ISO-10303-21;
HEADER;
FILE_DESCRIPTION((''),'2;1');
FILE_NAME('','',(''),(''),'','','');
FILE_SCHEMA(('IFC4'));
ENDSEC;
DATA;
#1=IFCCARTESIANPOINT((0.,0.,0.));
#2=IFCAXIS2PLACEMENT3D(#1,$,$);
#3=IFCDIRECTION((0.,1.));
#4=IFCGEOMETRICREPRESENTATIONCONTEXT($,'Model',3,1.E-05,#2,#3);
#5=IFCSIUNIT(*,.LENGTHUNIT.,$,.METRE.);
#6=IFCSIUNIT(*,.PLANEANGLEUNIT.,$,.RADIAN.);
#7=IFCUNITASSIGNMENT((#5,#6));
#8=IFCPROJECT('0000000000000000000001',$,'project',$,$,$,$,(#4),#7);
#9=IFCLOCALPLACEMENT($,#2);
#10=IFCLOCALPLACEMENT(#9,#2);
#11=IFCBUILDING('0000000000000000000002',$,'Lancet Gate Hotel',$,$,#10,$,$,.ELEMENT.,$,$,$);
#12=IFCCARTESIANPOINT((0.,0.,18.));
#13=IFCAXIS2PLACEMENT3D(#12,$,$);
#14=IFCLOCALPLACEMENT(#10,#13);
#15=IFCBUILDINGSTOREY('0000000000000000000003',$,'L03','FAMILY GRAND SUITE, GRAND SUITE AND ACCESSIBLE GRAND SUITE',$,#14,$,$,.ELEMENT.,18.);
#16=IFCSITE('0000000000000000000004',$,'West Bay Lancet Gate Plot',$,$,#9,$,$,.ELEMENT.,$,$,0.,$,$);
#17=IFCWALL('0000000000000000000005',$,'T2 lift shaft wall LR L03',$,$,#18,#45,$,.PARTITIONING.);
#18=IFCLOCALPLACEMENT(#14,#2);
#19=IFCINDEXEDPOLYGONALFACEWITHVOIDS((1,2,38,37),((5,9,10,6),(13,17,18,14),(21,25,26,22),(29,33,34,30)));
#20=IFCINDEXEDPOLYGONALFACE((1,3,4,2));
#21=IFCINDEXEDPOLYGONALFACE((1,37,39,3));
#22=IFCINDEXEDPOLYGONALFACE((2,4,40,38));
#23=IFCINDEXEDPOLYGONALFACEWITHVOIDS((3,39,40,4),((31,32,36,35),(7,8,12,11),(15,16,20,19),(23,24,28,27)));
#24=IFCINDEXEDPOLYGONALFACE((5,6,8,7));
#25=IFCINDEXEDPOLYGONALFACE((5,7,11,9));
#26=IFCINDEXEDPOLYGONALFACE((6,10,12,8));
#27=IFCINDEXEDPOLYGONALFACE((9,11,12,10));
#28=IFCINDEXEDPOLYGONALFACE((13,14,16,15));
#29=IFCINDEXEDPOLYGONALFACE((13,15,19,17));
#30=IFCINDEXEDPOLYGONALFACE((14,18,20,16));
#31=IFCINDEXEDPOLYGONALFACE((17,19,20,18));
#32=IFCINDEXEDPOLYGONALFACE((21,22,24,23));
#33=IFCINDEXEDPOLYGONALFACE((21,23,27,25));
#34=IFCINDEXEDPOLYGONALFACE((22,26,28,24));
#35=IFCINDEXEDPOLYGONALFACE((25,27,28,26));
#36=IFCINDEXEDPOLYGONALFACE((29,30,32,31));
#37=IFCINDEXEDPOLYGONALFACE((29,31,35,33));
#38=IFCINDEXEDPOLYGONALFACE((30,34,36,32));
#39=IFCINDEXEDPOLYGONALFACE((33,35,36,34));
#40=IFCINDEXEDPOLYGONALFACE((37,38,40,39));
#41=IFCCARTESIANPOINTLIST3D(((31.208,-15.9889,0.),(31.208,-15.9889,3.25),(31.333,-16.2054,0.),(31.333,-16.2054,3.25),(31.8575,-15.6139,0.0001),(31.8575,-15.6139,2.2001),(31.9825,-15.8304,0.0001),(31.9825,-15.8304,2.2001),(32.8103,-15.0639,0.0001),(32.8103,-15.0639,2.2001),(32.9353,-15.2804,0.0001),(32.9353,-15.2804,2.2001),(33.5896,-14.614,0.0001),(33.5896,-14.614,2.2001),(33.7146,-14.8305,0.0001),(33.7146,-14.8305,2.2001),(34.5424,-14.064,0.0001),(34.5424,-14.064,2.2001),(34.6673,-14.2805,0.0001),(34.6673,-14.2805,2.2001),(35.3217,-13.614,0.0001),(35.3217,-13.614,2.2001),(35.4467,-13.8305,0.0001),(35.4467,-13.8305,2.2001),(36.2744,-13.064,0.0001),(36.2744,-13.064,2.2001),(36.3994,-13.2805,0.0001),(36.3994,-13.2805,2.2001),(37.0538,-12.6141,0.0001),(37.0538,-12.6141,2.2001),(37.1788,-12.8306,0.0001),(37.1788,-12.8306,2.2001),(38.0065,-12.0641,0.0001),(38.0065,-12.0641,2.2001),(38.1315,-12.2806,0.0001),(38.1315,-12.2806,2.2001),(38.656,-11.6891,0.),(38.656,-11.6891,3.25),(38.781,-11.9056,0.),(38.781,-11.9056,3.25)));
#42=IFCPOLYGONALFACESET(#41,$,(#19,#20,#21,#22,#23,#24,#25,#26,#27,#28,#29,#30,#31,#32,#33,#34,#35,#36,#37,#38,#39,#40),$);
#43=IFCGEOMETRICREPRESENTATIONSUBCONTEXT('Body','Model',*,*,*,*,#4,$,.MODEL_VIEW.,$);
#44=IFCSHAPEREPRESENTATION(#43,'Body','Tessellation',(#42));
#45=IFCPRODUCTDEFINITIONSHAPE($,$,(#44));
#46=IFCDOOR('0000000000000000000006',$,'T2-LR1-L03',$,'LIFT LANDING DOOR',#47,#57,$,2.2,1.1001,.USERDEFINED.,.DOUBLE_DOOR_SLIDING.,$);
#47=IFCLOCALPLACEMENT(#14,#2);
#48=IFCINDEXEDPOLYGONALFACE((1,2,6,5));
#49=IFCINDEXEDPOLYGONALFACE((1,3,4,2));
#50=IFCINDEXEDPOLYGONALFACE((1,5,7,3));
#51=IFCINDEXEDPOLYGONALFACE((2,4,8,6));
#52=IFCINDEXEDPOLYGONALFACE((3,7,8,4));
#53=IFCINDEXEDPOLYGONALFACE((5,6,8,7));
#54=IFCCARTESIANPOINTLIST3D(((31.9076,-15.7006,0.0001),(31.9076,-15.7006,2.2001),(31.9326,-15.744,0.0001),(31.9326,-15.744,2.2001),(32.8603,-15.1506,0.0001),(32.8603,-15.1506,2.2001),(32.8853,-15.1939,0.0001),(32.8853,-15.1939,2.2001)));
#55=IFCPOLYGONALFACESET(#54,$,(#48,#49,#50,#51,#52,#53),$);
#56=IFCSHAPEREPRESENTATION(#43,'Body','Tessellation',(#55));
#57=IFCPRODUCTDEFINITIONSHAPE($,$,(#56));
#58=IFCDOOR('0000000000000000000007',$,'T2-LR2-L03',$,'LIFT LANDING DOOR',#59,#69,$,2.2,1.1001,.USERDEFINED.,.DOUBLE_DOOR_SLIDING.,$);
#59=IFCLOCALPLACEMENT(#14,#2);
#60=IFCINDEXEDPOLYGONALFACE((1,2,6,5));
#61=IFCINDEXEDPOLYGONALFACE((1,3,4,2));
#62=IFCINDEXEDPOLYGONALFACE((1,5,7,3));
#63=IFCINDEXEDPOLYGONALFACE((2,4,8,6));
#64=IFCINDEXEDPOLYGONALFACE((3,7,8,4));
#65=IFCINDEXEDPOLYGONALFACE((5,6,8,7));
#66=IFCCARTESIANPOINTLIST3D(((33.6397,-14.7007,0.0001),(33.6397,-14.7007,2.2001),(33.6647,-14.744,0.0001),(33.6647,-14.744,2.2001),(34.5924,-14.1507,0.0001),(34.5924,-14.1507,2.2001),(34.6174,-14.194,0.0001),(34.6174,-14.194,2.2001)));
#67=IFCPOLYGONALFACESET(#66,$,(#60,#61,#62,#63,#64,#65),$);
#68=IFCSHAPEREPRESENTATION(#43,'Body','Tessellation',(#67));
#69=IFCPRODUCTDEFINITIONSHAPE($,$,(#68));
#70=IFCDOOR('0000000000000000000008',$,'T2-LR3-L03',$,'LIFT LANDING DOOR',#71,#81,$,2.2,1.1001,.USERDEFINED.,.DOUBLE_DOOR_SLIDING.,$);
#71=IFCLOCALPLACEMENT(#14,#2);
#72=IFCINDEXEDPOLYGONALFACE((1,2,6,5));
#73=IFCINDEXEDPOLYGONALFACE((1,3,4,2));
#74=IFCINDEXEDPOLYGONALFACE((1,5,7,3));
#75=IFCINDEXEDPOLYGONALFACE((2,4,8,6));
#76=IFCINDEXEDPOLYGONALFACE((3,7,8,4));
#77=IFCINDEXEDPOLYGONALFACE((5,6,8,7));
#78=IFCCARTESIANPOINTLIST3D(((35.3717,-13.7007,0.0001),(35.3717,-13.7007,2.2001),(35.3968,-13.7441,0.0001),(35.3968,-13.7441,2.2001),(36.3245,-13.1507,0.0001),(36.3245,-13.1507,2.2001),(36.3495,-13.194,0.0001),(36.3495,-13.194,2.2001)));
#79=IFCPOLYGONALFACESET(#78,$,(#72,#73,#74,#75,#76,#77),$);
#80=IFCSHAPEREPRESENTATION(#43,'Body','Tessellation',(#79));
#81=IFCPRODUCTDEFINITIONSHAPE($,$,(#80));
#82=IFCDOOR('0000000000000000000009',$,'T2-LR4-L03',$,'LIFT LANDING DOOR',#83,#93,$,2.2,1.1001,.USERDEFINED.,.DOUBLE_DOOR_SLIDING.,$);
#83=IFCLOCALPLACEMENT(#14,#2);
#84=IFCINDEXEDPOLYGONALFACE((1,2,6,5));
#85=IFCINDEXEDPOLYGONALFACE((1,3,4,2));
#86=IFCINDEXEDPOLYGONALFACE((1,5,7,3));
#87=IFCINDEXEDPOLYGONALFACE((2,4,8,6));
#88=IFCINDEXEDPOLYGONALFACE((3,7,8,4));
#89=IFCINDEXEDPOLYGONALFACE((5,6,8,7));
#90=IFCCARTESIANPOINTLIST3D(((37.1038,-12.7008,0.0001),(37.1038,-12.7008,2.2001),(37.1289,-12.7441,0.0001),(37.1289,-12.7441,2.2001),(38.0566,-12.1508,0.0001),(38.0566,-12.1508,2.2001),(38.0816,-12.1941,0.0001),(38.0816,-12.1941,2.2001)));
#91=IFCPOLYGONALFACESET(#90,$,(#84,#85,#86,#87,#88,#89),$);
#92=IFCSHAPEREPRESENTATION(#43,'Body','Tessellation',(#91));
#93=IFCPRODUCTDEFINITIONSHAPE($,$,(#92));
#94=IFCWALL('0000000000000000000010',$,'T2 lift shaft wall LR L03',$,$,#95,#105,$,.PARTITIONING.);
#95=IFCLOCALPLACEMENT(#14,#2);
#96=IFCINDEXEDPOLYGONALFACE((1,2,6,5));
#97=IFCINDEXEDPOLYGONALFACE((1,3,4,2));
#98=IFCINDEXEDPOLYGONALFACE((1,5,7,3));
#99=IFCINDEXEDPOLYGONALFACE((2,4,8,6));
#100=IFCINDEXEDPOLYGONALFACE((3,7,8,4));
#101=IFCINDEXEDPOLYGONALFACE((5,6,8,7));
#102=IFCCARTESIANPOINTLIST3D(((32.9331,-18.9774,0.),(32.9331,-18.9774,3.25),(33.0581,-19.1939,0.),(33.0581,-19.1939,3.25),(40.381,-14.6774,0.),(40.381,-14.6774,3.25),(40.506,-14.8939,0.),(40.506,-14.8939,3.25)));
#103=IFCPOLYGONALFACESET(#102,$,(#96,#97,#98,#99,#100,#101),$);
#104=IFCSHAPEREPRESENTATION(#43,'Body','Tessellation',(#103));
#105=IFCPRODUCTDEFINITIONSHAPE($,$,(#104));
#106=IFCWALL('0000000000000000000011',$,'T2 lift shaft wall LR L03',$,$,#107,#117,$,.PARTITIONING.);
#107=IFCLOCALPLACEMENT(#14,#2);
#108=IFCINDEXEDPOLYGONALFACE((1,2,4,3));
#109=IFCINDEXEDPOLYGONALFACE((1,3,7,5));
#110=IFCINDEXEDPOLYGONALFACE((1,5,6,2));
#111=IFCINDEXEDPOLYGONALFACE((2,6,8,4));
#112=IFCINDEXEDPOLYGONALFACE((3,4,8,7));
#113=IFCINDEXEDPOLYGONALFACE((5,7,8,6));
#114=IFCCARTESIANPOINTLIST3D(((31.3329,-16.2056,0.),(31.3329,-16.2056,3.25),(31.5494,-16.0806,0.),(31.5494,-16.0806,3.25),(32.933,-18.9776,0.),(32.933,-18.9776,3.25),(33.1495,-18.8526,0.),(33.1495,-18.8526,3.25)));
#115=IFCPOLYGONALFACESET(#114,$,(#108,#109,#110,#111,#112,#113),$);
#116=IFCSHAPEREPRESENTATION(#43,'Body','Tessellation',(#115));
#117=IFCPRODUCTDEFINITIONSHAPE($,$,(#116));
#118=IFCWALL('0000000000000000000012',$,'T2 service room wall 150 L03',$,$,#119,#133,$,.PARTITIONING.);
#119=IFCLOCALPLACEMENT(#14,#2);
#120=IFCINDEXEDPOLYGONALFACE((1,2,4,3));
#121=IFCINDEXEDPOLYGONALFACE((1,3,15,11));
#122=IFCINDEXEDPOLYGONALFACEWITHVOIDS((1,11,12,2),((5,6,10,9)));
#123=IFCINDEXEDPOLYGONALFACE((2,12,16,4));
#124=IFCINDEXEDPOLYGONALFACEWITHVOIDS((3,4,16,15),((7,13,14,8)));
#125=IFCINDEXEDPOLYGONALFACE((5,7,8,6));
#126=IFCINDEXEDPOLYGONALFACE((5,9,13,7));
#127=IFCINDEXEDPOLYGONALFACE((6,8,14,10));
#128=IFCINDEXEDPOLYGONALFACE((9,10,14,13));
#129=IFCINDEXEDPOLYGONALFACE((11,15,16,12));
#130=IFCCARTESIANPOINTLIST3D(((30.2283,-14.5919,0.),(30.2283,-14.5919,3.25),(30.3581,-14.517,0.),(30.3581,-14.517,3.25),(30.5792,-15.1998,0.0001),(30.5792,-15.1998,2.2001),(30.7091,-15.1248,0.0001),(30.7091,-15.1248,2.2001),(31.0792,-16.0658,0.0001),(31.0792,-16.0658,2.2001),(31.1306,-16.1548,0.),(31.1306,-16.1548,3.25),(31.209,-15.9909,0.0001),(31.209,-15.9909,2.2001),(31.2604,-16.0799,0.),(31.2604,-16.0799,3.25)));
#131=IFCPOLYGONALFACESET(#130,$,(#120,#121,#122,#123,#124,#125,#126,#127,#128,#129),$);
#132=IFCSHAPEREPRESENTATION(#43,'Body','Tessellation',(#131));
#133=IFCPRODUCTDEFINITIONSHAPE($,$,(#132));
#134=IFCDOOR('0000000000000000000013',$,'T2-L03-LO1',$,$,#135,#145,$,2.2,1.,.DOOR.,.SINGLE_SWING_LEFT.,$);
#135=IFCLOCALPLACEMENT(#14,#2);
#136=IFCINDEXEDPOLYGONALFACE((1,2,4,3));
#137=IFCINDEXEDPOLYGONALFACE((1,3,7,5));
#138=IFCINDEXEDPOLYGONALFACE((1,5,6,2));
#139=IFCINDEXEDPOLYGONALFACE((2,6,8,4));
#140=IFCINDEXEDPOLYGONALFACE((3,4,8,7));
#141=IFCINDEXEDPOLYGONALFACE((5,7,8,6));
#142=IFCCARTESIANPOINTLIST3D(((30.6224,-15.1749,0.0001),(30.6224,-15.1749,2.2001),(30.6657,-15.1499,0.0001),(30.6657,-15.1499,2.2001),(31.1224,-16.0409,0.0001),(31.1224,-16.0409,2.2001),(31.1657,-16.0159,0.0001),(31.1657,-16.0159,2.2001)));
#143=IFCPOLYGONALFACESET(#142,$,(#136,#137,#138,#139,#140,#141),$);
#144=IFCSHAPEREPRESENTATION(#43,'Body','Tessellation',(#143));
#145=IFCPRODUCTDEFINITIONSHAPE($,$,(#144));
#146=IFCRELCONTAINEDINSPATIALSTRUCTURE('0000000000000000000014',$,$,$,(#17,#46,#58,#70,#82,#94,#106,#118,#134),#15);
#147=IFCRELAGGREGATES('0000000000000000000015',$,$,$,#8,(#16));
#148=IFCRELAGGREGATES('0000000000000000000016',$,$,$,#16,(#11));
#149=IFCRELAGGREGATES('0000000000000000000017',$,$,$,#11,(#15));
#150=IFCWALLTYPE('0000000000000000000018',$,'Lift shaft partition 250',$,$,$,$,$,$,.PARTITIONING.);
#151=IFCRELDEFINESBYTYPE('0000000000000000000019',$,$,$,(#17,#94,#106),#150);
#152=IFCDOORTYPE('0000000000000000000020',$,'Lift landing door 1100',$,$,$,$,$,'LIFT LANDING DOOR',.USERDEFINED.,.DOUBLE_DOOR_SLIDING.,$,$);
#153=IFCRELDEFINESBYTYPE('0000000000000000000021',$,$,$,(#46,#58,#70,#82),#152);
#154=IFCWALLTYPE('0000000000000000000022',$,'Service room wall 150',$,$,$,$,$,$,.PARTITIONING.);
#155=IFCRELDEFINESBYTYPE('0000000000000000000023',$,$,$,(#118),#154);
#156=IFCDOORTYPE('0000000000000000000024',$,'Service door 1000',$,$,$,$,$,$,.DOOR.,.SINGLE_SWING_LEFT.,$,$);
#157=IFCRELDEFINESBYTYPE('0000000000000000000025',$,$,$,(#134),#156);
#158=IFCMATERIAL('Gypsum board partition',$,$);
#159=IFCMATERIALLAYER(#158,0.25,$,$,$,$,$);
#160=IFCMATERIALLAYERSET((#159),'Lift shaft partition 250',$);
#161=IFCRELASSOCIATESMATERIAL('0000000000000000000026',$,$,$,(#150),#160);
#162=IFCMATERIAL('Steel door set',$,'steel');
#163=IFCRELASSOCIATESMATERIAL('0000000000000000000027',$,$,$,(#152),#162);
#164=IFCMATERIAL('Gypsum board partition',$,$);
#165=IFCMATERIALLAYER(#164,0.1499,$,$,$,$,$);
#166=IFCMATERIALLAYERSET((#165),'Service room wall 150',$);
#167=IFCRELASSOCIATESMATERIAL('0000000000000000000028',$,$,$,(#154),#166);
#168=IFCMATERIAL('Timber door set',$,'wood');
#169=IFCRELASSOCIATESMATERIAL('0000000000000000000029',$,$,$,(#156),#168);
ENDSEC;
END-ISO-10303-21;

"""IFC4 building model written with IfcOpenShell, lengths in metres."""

from ifc_helpers import new_model, si_unit, direction, frame, frame_2d, origin, place, context, subcontext, project, spatial, rectangle, extrude, material, layer, layer_set, type_object, element, fill, save


model = new_model("IFC4")

# Units and contexts
model_context = context("Model", 3, precision=1e-05, world=origin(), true_north=direction((0.0, 1.0)))
body_context = subcontext(model_context, "Body", "Model", "MODEL_VIEW")
ifc_project = project(units=[si_unit("LENGTHUNIT", "METRE"), si_unit("PLANEANGLEUNIT", "RADIAN")], contexts=[model_context])

# Site, building, storey
site_placement = place(None, origin())
site = spatial("IfcSite", under=ifc_project, at=site_placement, Name="West Bay Lancet Gate Plot", CompositionType="ELEMENT", RefElevation=0.0)
building_placement = place(site_placement, origin())
building = spatial("IfcBuilding", under=site, at=building_placement, Name="Lancet Gate Hotel", CompositionType="ELEMENT")
storey_placement = place(building_placement, frame((0.0, 0.0, 18.0)))
storey = spatial("IfcBuildingStorey", under=building, at=storey_placement, Name="L03", Description="FAMILY GRAND SUITE, GRAND SUITE AND ACCESSIBLE GRAND SUITE", CompositionType="ELEMENT", Elevation=18.0)

# Wall, openings, doors
ifc_material_1 = material(Name="Gypsum board partition")
ifc_layer_1 = layer(ifc_material_1, 0.25)
ifc_layer_set_1 = layer_set([ifc_layer_1], Name="Lift shaft partition 250")
wall_type_1 = type_object("IfcWallType", Name="Lift shaft partition 250", PredefinedType="PARTITIONING", material=ifc_layer_set_1)
wall_1_placement = place(storey_placement, frame((31.2705, -16.0972, 0.0), z_axis=(0.0, 0.0, 1.0), x_axis=(0.86604, 0.499974, 0.0)))
wall_1 = element("IfcWall", 1, at=wall_1_placement, inside=storey, type_object=wall_type_1, Name="T2 lift shaft wall LR L03", PredefinedType="PARTITIONING", context=body_context, shape_type="SweptSolid", body=[
    extrude(rectangle(XDim=8.6001, YDim=0.25, at=frame_2d((4.3, 0.0))), origin(), (0.0, 0.0, 1.0), 3.25),
])
opening_1_placement = place(wall_1_placement, frame((0.75, 0.0, 0.0)))
opening_1 = element("IfcOpeningElement", 2, at=opening_1_placement, cuts=wall_1, PredefinedType="OPENING", context=body_context, shape_type="SweptSolid", body=[
    extrude(rectangle(XDim=1.1001, YDim=2.2, at=frame_2d((0.55, 1.1001))), frame((0.0, 0.135, 0.0), z_axis=(0.0, -1.0, 0.0), x_axis=(1.0, 0.0, 0.0)), (0.0, 0.0, 1.0), 0.27),
])
opening_2_placement = place(wall_1_placement, frame((2.75, 0.0, 0.0)))
opening_2 = element("IfcOpeningElement", 3, at=opening_2_placement, cuts=wall_1, PredefinedType="OPENING", context=body_context, shape_type="SweptSolid", body=[
    extrude(rectangle(XDim=1.1001, YDim=2.2, at=frame_2d((0.55, 1.1001))), frame((0.0, 0.135, 0.0), z_axis=(0.0, -1.0, 0.0), x_axis=(1.0, 0.0, 0.0)), (0.0, 0.0, 1.0), 0.27),
])
opening_3_placement = place(wall_1_placement, frame((4.75, 0.0, 0.0)))
opening_3 = element("IfcOpeningElement", 4, at=opening_3_placement, cuts=wall_1, PredefinedType="OPENING", context=body_context, shape_type="SweptSolid", body=[
    extrude(rectangle(XDim=1.1001, YDim=2.2, at=frame_2d((0.55, 1.1001))), frame((0.0, 0.135, 0.0), z_axis=(0.0, -1.0, 0.0), x_axis=(1.0, 0.0, 0.0)), (0.0, 0.0, 1.0), 0.27),
])
opening_4_placement = place(wall_1_placement, frame((6.75, 0.0, 0.0)))
opening_4 = element("IfcOpeningElement", 5, at=opening_4_placement, cuts=wall_1, PredefinedType="OPENING", context=body_context, shape_type="SweptSolid", body=[
    extrude(rectangle(XDim=1.1001, YDim=2.2, at=frame_2d((0.55, 1.1001))), frame((0.0, 0.135, 0.0), z_axis=(0.0, -1.0, 0.0), x_axis=(1.0, 0.0, 0.0)), (0.0, 0.0, 1.0), 0.27),
])
ifc_material_2 = material(Name="Steel door set", Category="steel")
door_type_1 = type_object("IfcDoorType", Name="Lift landing door 1100", ElementType="LIFT LANDING DOOR", OperationType="DOUBLE_DOOR_SLIDING", PredefinedType="USERDEFINED", material=ifc_material_2)
door_1_placement = place(opening_1_placement, origin())
door_1 = element("IfcDoor", 6, at=door_1_placement, inside=storey, type_object=door_type_1, Name="T2-LR1-L03", ObjectType="LIFT LANDING DOOR", OperationType="DOUBLE_DOOR_SLIDING", OverallHeight=2.2, OverallWidth=1.1001, PredefinedType="USERDEFINED", context=body_context, shape_type="SweptSolid", body=[
    extrude(rectangle(XDim=1.1001, YDim=2.2, at=frame_2d((0.55, 1.1001))), frame((0.0, 0.0249, 0.0), z_axis=(0.0, -1.0, 0.0), x_axis=(1.0, 0.0, 0.0)), (0.0, 0.0, 1.0), 0.05),
])
fill(opening_1, door_1)
door_2_placement = place(opening_2_placement, origin())
door_2 = element("IfcDoor", 7, at=door_2_placement, inside=storey, type_object=door_type_1, Name="T2-LR2-L03", ObjectType="LIFT LANDING DOOR", OperationType="DOUBLE_DOOR_SLIDING", OverallHeight=2.2, OverallWidth=1.1001, PredefinedType="USERDEFINED", context=body_context, shape_type="SweptSolid", body=[
    extrude(rectangle(XDim=1.1001, YDim=2.2, at=frame_2d((0.55, 1.1001))), frame((0.0, 0.0249, 0.0), z_axis=(0.0, -1.0, 0.0), x_axis=(1.0, 0.0, 0.0)), (0.0, 0.0, 1.0), 0.05),
])
fill(opening_2, door_2)
door_3_placement = place(opening_3_placement, origin())
door_3 = element("IfcDoor", 8, at=door_3_placement, inside=storey, type_object=door_type_1, Name="T2-LR3-L03", ObjectType="LIFT LANDING DOOR", OperationType="DOUBLE_DOOR_SLIDING", OverallHeight=2.2, OverallWidth=1.1001, PredefinedType="USERDEFINED", context=body_context, shape_type="SweptSolid", body=[
    extrude(rectangle(XDim=1.1001, YDim=2.2, at=frame_2d((0.55, 1.1001))), frame((0.0, 0.0249, 0.0), z_axis=(0.0, -1.0, 0.0), x_axis=(1.0, 0.0, 0.0)), (0.0, 0.0, 1.0), 0.05),
])
fill(opening_3, door_3)
door_4_placement = place(opening_4_placement, origin())
door_4 = element("IfcDoor", 9, at=door_4_placement, inside=storey, type_object=door_type_1, Name="T2-LR4-L03", ObjectType="LIFT LANDING DOOR", OperationType="DOUBLE_DOOR_SLIDING", OverallHeight=2.2, OverallWidth=1.1001, PredefinedType="USERDEFINED", context=body_context, shape_type="SweptSolid", body=[
    extrude(rectangle(XDim=1.1001, YDim=2.2, at=frame_2d((0.55, 1.1001))), frame((0.0, 0.0249, 0.0), z_axis=(0.0, -1.0, 0.0), x_axis=(1.0, 0.0, 0.0)), (0.0, 0.0, 1.0), 0.05),
])
fill(opening_4, door_4)

# Walls
wall_2_placement = place(storey_placement, frame((32.9956, -19.0857, 0.0), z_axis=(0.0, 0.0, 1.0), x_axis=(0.866028, 0.499995, 0.0)))
element("IfcWall", 10, at=wall_2_placement, inside=storey, type_object=wall_type_1, Name="T2 lift shaft wall LR L03", PredefinedType="PARTITIONING", context=body_context, shape_type="SweptSolid", body=[
    extrude(rectangle(XDim=8.6001, YDim=0.25, at=frame_2d((4.3, 0.0))), origin(), (0.0, 0.0, 1.0), 3.25),
])
wall_3_placement = place(storey_placement, frame((31.4412, -16.1431, 0.0), z_axis=(0.0, 0.0, 1.0), x_axis=(0.499929, -0.866066, 0.0)))
element("IfcWall", 11, at=wall_3_placement, inside=storey, type_object=wall_type_1, Name="T2 lift shaft wall LR L03", PredefinedType="PARTITIONING", context=body_context, shape_type="SweptSolid", body=[
    extrude(rectangle(XDim=3.2007, YDim=0.25, at=frame_2d((1.6003, 0.0))), origin(), (0.0, 0.0, 1.0), 3.25),
])

# Wall, opening, door
ifc_material_3 = material(Name="Gypsum board partition")
ifc_layer_2 = layer(ifc_material_3, 0.1499)
ifc_layer_set_2 = layer_set([ifc_layer_2], Name="Service room wall 150")
wall_type_2 = type_object("IfcWallType", Name="Service room wall 150", PredefinedType="PARTITIONING", material=ifc_layer_set_2)
wall_4_placement = place(storey_placement, frame((30.2932, -14.5544, 0.0), z_axis=(0.0, 0.0, 1.0), x_axis=(0.49998, -0.866037, 0.0)))
wall_4 = element("IfcWall", 12, at=wall_4_placement, inside=storey, type_object=wall_type_2, Name="T2 service room wall 150 L03", PredefinedType="PARTITIONING", context=body_context, shape_type="SweptSolid", body=[
    extrude(rectangle(XDim=1.8047, YDim=0.1499, at=frame_2d((0.9023, 0.0))), origin(), (0.0, 0.0, 1.0), 3.25),
])
opening_5_placement = place(wall_4_placement, frame((0.7019, 0.0, 0.0)))
opening_5 = element("IfcOpeningElement", 13, at=opening_5_placement, cuts=wall_4, PredefinedType="OPENING", context=body_context, shape_type="SweptSolid", body=[
    extrude(rectangle(XDim=1.0, YDim=2.2, at=frame_2d((0.5, 1.1001))), frame((0.0, 0.085, 0.0), z_axis=(0.0, -1.0, 0.0), x_axis=(1.0, 0.0, 0.0)), (0.0, 0.0, 1.0), 0.1699),
])
ifc_material_4 = material(Name="Timber door set", Category="wood")
door_type_2 = type_object("IfcDoorType", Name="Service door 1000", OperationType="SINGLE_SWING_LEFT", PredefinedType="DOOR", material=ifc_material_4)
door_5_placement = place(opening_5_placement, origin())
door_5 = element("IfcDoor", 14, at=door_5_placement, inside=storey, type_object=door_type_2, Name="T2-L03-LO1", OperationType="SINGLE_SWING_LEFT", OverallHeight=2.2, OverallWidth=1.0, PredefinedType="DOOR", context=body_context, shape_type="SweptSolid", body=[
    extrude(rectangle(XDim=1.0, YDim=2.2, at=frame_2d((0.5, 1.1001))), frame((0.0, 0.0249, 0.0), z_axis=(0.0, -1.0, 0.0), x_axis=(1.0, 0.0, 0.0)), (0.0, 0.0, 1.0), 0.05),
])
fill(opening_5, door_5)

save(model, "model.ifc")
